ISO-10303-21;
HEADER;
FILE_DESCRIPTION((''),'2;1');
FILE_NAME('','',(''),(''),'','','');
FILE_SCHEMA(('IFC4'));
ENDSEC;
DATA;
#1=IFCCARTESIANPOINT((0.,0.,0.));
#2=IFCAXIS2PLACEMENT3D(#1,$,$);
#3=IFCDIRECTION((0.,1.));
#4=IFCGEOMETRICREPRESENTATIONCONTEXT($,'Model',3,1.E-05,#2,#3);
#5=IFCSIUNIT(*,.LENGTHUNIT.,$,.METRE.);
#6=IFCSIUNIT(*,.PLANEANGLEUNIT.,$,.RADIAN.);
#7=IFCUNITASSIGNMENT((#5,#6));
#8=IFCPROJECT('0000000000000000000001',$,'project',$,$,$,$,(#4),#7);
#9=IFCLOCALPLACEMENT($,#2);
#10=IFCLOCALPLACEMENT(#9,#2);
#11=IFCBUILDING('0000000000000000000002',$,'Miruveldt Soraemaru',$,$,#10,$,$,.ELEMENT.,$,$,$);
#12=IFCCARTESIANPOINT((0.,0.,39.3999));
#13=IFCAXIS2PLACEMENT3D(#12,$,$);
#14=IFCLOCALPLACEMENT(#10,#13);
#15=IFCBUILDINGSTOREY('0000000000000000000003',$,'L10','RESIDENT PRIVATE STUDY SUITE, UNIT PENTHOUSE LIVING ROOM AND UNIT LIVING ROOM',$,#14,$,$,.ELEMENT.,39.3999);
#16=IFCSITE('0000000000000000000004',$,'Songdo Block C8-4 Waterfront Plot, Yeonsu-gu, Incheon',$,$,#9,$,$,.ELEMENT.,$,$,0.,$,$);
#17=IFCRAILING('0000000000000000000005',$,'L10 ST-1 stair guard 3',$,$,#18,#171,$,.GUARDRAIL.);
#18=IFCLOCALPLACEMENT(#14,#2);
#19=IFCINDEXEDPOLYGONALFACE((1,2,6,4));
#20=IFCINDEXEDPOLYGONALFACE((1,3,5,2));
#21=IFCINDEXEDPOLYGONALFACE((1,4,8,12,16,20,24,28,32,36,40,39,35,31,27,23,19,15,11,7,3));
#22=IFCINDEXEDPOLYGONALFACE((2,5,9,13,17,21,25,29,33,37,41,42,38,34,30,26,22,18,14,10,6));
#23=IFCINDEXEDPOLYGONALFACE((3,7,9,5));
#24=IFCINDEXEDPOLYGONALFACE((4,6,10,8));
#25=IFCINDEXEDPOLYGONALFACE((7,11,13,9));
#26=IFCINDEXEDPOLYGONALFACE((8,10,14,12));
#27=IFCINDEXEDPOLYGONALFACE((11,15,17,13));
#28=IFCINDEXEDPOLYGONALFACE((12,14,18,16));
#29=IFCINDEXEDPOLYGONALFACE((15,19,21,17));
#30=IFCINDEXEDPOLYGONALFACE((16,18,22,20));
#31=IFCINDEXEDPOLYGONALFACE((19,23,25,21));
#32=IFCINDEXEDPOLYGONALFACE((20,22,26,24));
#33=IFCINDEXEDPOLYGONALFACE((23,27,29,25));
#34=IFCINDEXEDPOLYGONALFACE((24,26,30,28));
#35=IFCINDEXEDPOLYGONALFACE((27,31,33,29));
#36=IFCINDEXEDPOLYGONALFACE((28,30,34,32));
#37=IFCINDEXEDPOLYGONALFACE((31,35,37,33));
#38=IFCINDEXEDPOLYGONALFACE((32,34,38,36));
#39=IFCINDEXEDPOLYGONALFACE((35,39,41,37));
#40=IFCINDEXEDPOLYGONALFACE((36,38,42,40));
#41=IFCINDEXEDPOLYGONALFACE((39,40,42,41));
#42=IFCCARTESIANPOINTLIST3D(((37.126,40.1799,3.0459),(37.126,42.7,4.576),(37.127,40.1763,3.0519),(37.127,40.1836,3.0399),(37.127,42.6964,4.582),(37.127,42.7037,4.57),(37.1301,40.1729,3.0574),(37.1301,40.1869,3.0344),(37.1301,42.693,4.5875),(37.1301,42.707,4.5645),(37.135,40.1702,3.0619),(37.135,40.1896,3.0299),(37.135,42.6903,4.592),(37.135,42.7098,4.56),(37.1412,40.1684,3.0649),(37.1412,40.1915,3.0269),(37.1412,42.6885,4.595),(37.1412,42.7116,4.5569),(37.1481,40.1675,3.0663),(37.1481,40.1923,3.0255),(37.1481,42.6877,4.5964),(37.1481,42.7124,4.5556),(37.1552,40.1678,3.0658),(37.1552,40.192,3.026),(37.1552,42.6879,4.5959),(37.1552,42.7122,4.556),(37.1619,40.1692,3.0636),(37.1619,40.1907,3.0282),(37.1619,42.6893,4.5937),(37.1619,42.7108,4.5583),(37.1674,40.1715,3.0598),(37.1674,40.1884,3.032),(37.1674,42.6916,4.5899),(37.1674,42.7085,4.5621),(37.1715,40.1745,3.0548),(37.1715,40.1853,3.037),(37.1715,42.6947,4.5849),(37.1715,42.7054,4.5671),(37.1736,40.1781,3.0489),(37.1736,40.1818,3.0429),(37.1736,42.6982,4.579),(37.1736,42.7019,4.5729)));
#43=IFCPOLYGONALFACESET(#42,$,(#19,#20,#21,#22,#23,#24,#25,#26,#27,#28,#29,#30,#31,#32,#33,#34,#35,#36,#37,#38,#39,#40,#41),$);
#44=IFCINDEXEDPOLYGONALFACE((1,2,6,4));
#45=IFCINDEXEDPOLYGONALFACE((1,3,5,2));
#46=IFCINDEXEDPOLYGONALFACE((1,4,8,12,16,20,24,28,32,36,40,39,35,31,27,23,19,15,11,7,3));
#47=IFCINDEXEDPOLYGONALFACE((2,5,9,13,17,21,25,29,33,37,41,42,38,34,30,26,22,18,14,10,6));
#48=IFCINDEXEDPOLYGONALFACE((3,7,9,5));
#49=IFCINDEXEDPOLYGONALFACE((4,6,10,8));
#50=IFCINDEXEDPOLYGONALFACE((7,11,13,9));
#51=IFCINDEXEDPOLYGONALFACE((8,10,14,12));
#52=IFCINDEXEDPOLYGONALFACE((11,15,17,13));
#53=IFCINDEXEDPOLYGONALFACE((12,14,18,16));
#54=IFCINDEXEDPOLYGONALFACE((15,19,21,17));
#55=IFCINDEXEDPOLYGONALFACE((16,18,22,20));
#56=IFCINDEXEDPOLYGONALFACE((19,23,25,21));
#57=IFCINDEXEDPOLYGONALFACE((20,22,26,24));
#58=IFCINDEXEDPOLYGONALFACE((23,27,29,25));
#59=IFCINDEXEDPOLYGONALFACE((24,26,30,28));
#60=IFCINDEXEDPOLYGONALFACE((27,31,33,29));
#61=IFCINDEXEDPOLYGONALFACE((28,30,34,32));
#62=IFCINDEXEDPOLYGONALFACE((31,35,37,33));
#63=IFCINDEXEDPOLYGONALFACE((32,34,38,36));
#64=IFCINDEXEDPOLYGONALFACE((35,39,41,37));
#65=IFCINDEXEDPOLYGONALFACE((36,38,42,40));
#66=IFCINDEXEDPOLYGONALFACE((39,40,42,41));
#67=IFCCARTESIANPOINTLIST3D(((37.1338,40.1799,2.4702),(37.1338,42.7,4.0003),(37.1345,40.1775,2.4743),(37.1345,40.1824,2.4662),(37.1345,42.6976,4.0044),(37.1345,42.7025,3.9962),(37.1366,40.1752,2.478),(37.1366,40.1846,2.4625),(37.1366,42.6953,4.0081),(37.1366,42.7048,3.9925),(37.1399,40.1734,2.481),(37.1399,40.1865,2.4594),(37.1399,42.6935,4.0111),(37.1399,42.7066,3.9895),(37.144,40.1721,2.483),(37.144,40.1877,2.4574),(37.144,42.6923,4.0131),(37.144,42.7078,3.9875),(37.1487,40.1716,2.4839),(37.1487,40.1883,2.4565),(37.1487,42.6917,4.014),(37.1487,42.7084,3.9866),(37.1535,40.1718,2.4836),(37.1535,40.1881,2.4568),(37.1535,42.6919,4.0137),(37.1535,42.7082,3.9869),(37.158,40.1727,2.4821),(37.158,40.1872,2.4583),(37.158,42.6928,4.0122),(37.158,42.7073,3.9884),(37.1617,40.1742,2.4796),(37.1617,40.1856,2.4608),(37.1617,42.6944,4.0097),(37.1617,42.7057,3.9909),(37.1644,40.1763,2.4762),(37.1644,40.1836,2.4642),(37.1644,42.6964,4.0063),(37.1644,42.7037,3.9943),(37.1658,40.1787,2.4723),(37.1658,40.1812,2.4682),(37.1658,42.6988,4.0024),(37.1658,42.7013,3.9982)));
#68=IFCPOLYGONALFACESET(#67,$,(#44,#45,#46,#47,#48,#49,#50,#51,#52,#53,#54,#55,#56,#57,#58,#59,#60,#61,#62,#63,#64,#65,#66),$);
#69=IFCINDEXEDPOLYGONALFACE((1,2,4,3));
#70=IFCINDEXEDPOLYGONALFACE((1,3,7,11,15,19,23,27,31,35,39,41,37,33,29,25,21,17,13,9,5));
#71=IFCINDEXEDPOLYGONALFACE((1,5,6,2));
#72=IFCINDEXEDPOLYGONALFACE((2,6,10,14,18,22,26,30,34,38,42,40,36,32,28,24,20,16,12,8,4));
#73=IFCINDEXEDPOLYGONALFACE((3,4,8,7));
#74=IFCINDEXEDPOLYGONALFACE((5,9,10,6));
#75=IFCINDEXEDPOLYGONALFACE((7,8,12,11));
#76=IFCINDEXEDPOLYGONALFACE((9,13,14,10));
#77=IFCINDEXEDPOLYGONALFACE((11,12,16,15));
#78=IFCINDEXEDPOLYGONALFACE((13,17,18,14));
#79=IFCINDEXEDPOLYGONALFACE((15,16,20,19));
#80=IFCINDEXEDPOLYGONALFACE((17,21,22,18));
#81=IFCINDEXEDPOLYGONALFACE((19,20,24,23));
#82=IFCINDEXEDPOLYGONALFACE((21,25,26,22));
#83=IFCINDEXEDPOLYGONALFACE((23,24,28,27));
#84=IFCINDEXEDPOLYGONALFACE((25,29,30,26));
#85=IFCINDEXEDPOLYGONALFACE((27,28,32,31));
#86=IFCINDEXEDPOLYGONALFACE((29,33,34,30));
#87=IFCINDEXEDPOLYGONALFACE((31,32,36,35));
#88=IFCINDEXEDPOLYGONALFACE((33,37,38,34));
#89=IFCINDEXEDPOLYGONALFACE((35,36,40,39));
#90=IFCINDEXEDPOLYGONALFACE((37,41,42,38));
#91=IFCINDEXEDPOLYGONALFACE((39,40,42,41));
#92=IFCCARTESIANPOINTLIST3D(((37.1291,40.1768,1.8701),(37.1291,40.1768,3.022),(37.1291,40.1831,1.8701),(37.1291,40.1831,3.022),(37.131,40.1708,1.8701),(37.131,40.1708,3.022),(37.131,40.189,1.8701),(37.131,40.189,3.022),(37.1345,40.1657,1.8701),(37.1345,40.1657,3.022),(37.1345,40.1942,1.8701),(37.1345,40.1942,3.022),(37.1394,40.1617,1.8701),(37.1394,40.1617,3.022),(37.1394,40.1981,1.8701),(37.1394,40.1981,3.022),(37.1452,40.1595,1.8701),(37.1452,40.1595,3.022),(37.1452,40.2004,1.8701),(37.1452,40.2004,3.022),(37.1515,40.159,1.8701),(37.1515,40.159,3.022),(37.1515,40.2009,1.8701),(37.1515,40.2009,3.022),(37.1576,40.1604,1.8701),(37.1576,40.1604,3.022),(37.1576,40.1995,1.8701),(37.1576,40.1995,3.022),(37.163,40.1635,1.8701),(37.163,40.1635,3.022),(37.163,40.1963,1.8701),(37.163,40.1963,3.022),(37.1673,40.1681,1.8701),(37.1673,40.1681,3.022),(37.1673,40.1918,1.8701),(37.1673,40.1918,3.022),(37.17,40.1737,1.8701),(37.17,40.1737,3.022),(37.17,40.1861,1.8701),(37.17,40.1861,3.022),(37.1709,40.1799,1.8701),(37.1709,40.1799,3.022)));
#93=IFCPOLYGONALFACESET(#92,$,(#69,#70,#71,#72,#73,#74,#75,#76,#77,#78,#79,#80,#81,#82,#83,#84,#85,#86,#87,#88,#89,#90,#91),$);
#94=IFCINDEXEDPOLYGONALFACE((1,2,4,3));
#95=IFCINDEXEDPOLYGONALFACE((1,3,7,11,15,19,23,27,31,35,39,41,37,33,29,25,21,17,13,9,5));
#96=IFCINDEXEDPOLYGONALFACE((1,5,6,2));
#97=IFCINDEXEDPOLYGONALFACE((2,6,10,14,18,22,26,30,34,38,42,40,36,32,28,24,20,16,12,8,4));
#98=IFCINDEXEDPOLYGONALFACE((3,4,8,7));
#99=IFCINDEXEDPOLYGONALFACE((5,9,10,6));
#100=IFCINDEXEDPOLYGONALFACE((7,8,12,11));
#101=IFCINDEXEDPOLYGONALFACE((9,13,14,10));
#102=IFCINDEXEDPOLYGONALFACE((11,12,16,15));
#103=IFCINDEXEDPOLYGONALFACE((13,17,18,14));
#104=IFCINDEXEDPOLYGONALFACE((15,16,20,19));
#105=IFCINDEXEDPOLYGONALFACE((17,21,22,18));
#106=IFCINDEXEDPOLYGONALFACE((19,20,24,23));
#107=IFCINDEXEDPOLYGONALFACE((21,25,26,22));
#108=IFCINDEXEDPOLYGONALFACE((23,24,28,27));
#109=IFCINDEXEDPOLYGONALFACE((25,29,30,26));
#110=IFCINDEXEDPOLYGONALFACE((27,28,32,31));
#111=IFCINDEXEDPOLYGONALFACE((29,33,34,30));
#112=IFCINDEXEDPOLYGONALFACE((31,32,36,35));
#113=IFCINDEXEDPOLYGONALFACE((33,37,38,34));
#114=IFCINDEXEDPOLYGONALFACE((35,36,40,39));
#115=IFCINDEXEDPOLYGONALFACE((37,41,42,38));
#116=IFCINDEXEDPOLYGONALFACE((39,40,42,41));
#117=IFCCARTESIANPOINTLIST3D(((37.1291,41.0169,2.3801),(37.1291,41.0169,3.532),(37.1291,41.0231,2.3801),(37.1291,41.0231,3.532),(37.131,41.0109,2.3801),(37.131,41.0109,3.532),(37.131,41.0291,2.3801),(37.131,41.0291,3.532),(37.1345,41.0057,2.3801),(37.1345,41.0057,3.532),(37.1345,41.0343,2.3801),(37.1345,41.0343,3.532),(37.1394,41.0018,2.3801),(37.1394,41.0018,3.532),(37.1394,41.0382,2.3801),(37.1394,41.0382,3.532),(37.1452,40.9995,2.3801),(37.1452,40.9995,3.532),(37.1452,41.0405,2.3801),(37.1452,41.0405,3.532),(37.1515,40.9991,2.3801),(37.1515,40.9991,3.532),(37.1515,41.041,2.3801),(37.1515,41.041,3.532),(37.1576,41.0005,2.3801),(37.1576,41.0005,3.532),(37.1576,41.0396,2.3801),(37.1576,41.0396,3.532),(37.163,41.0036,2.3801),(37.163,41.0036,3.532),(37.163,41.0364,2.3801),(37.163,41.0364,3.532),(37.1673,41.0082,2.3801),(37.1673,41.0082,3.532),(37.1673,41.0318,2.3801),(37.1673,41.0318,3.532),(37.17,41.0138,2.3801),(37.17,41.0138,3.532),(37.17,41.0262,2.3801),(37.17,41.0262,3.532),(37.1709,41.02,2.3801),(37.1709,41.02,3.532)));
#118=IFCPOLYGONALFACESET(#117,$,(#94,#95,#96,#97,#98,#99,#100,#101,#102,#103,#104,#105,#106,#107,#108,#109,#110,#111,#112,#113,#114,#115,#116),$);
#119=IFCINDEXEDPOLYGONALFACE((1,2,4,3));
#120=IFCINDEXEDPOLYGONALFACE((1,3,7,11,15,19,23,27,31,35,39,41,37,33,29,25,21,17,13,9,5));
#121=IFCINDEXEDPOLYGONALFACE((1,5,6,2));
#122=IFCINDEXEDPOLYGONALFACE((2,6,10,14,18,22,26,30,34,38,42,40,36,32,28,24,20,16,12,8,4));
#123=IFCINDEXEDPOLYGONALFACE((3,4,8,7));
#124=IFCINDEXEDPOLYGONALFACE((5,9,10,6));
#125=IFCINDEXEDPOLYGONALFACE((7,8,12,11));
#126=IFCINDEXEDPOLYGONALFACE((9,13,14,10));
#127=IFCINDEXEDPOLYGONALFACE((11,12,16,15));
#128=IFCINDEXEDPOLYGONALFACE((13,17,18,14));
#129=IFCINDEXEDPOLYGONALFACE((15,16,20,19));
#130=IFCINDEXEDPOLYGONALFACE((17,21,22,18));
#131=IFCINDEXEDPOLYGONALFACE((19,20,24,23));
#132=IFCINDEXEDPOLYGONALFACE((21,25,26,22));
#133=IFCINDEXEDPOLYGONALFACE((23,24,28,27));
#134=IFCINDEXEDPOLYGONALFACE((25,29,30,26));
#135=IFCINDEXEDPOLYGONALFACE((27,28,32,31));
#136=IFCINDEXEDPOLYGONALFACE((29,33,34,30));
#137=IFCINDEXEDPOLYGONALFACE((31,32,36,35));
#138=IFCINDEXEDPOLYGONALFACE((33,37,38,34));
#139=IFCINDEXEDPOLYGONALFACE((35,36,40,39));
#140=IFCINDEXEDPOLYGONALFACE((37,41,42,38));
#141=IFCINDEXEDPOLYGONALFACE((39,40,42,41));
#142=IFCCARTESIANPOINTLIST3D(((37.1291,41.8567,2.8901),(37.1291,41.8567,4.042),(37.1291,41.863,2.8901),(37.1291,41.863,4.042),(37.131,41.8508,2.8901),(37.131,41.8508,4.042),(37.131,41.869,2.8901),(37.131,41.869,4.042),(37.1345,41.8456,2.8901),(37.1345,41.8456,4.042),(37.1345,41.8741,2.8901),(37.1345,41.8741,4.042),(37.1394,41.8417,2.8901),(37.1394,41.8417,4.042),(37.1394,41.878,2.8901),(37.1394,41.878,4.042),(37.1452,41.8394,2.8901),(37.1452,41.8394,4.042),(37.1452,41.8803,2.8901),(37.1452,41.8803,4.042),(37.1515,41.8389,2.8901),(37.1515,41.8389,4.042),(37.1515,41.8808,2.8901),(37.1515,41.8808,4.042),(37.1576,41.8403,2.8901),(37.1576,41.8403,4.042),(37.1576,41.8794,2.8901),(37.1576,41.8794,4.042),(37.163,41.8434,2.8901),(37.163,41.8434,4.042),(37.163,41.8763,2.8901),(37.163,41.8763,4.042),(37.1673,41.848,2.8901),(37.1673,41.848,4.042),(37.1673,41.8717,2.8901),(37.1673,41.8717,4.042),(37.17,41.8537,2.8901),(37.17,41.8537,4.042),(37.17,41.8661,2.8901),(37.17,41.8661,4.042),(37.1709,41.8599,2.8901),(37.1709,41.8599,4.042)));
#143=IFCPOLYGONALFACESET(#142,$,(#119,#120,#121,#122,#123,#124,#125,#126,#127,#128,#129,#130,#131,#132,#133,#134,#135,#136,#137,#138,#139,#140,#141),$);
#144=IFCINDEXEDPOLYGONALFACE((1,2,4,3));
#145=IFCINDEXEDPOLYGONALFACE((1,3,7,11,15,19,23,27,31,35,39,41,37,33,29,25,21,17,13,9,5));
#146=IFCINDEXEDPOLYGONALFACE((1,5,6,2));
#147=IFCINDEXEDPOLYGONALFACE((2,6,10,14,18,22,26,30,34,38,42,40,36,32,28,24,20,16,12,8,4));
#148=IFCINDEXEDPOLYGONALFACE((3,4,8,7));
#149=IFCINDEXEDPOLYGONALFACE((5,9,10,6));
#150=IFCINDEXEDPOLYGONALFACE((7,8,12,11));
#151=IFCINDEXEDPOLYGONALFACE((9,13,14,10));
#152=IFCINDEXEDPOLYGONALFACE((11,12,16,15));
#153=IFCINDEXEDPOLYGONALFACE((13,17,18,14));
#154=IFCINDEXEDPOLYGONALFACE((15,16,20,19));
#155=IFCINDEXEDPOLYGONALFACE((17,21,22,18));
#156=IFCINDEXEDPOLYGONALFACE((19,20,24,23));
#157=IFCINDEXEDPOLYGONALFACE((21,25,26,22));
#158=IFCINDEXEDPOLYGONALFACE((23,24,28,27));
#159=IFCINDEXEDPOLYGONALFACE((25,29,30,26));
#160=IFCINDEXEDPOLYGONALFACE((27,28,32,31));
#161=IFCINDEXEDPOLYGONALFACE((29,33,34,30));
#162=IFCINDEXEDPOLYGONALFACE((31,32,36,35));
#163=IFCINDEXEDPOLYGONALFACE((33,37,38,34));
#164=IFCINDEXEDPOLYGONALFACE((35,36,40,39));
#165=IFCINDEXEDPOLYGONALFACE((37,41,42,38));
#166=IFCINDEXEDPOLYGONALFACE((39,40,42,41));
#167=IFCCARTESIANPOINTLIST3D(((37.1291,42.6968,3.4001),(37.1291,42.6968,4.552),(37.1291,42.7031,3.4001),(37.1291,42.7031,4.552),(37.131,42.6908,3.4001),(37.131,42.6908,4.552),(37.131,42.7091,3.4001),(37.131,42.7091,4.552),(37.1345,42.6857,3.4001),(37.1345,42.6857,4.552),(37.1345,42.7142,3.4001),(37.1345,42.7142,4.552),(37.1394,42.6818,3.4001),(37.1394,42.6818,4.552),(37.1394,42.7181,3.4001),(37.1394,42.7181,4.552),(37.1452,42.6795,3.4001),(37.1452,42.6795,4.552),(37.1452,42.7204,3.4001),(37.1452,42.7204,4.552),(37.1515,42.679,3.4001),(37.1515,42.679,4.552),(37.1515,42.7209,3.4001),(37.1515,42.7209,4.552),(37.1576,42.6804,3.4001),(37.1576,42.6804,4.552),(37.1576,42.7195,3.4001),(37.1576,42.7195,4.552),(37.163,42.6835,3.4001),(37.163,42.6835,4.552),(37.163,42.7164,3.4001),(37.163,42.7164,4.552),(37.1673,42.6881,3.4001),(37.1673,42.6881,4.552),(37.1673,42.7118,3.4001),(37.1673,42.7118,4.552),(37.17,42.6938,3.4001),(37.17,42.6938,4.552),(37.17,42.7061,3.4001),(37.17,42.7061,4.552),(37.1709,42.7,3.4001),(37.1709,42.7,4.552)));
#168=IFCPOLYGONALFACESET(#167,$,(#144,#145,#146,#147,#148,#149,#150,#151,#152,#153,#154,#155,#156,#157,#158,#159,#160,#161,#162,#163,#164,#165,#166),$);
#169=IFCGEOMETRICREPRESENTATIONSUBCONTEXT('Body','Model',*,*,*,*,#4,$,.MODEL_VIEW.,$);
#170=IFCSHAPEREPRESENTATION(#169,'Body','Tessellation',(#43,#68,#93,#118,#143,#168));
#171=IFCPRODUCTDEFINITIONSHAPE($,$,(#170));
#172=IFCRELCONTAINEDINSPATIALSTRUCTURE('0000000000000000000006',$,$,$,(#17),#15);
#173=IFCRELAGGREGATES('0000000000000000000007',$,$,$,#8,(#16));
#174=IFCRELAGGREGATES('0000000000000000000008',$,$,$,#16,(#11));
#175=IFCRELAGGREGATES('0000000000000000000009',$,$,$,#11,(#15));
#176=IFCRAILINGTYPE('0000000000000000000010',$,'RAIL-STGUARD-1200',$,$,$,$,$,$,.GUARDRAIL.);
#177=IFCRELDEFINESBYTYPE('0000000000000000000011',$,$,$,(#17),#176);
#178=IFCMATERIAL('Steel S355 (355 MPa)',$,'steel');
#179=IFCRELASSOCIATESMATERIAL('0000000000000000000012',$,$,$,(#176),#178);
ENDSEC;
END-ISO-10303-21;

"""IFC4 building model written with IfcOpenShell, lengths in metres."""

from ifc_helpers import new_model, si_unit, direction, frame, origin, origin_2d, place, context, subcontext, project, spatial, circle, extrude, material, type_object, element, save


model = new_model("IFC4")

# Units and contexts
model_context = context("Model", 3, precision=1e-05, world=origin(), true_north=direction((0.0, 1.0)))
body_context = subcontext(model_context, "Body", "Model", "MODEL_VIEW")
ifc_project = project(units=[si_unit("LENGTHUNIT", "METRE"), si_unit("PLANEANGLEUNIT", "RADIAN")], contexts=[model_context])

# Site, building, storey
site_placement = place(None, origin())
site = spatial("IfcSite", under=ifc_project, at=site_placement, Name="Songdo Block C8-4 Waterfront Plot, Yeonsu-gu, Incheon", CompositionType="ELEMENT", RefElevation=0.0)
building_placement = place(site_placement, origin())
building = spatial("IfcBuilding", under=site, at=building_placement, Name="Miruveldt Soraemaru", CompositionType="ELEMENT")
storey_placement = place(building_placement, frame((0.0, 0.0, 39.3999)))
storey = spatial("IfcBuildingStorey", under=building, at=storey_placement, Name="L10", Description="RESIDENT PRIVATE STUDY SUITE, UNIT PENTHOUSE LIVING ROOM AND UNIT LIVING ROOM", CompositionType="ELEMENT", Elevation=39.3999)

# Railing
ifc_material_1 = material(Name="Steel S355 (355 MPa)", Category="steel")
railing_type_1 = type_object("IfcRailingType", Name="RAIL-STGUARD-1200", PredefinedType="GUARDRAIL", material=ifc_material_1)
railing_1_placement = place(storey_placement, frame((37.1499, 40.1799, 1.8701)))
element("IfcRailing", 1, at=railing_1_placement, inside=storey, type_object=railing_type_1, Name="L10 ST-1 stair guard 3", PredefinedType="GUARDRAIL", context=body_context, shape_type="SweptSolid", body=[
    extrude(circle(Radius=0.0239, at=origin_2d()), frame((0.0, 0.0, 1.1758), z_axis=(0.0, 0.854785, 0.518982), x_axis=(-1.0, 0.0, 0.0)), (0.0, 0.0, 1.0), 2.9482),
    extrude(circle(Radius=0.0161, at=origin_2d()), frame((0.0, 0.0, 0.6001), z_axis=(0.0, 0.854785, 0.518982), x_axis=(-1.0, 0.0, 0.0)), (0.0, 0.0, 1.0), 2.9482),
    extrude(circle(Radius=0.021, at=origin_2d()), origin(), (0.0, 0.0, 1.0), 1.1519),
    extrude(circle(Radius=0.021, at=origin_2d()), frame((0.0, 0.8401, 0.51)), (0.0, 0.0, 1.0), 1.1519),
    extrude(circle(Radius=0.021, at=origin_2d()), frame((0.0, 1.6799, 1.02)), (0.0, 0.0, 1.0), 1.1519),
    extrude(circle(Radius=0.021, at=origin_2d()), frame((0.0, 2.52, 1.53)), (0.0, 0.0, 1.0), 1.1519),
])

save(model, "model.ifc")
